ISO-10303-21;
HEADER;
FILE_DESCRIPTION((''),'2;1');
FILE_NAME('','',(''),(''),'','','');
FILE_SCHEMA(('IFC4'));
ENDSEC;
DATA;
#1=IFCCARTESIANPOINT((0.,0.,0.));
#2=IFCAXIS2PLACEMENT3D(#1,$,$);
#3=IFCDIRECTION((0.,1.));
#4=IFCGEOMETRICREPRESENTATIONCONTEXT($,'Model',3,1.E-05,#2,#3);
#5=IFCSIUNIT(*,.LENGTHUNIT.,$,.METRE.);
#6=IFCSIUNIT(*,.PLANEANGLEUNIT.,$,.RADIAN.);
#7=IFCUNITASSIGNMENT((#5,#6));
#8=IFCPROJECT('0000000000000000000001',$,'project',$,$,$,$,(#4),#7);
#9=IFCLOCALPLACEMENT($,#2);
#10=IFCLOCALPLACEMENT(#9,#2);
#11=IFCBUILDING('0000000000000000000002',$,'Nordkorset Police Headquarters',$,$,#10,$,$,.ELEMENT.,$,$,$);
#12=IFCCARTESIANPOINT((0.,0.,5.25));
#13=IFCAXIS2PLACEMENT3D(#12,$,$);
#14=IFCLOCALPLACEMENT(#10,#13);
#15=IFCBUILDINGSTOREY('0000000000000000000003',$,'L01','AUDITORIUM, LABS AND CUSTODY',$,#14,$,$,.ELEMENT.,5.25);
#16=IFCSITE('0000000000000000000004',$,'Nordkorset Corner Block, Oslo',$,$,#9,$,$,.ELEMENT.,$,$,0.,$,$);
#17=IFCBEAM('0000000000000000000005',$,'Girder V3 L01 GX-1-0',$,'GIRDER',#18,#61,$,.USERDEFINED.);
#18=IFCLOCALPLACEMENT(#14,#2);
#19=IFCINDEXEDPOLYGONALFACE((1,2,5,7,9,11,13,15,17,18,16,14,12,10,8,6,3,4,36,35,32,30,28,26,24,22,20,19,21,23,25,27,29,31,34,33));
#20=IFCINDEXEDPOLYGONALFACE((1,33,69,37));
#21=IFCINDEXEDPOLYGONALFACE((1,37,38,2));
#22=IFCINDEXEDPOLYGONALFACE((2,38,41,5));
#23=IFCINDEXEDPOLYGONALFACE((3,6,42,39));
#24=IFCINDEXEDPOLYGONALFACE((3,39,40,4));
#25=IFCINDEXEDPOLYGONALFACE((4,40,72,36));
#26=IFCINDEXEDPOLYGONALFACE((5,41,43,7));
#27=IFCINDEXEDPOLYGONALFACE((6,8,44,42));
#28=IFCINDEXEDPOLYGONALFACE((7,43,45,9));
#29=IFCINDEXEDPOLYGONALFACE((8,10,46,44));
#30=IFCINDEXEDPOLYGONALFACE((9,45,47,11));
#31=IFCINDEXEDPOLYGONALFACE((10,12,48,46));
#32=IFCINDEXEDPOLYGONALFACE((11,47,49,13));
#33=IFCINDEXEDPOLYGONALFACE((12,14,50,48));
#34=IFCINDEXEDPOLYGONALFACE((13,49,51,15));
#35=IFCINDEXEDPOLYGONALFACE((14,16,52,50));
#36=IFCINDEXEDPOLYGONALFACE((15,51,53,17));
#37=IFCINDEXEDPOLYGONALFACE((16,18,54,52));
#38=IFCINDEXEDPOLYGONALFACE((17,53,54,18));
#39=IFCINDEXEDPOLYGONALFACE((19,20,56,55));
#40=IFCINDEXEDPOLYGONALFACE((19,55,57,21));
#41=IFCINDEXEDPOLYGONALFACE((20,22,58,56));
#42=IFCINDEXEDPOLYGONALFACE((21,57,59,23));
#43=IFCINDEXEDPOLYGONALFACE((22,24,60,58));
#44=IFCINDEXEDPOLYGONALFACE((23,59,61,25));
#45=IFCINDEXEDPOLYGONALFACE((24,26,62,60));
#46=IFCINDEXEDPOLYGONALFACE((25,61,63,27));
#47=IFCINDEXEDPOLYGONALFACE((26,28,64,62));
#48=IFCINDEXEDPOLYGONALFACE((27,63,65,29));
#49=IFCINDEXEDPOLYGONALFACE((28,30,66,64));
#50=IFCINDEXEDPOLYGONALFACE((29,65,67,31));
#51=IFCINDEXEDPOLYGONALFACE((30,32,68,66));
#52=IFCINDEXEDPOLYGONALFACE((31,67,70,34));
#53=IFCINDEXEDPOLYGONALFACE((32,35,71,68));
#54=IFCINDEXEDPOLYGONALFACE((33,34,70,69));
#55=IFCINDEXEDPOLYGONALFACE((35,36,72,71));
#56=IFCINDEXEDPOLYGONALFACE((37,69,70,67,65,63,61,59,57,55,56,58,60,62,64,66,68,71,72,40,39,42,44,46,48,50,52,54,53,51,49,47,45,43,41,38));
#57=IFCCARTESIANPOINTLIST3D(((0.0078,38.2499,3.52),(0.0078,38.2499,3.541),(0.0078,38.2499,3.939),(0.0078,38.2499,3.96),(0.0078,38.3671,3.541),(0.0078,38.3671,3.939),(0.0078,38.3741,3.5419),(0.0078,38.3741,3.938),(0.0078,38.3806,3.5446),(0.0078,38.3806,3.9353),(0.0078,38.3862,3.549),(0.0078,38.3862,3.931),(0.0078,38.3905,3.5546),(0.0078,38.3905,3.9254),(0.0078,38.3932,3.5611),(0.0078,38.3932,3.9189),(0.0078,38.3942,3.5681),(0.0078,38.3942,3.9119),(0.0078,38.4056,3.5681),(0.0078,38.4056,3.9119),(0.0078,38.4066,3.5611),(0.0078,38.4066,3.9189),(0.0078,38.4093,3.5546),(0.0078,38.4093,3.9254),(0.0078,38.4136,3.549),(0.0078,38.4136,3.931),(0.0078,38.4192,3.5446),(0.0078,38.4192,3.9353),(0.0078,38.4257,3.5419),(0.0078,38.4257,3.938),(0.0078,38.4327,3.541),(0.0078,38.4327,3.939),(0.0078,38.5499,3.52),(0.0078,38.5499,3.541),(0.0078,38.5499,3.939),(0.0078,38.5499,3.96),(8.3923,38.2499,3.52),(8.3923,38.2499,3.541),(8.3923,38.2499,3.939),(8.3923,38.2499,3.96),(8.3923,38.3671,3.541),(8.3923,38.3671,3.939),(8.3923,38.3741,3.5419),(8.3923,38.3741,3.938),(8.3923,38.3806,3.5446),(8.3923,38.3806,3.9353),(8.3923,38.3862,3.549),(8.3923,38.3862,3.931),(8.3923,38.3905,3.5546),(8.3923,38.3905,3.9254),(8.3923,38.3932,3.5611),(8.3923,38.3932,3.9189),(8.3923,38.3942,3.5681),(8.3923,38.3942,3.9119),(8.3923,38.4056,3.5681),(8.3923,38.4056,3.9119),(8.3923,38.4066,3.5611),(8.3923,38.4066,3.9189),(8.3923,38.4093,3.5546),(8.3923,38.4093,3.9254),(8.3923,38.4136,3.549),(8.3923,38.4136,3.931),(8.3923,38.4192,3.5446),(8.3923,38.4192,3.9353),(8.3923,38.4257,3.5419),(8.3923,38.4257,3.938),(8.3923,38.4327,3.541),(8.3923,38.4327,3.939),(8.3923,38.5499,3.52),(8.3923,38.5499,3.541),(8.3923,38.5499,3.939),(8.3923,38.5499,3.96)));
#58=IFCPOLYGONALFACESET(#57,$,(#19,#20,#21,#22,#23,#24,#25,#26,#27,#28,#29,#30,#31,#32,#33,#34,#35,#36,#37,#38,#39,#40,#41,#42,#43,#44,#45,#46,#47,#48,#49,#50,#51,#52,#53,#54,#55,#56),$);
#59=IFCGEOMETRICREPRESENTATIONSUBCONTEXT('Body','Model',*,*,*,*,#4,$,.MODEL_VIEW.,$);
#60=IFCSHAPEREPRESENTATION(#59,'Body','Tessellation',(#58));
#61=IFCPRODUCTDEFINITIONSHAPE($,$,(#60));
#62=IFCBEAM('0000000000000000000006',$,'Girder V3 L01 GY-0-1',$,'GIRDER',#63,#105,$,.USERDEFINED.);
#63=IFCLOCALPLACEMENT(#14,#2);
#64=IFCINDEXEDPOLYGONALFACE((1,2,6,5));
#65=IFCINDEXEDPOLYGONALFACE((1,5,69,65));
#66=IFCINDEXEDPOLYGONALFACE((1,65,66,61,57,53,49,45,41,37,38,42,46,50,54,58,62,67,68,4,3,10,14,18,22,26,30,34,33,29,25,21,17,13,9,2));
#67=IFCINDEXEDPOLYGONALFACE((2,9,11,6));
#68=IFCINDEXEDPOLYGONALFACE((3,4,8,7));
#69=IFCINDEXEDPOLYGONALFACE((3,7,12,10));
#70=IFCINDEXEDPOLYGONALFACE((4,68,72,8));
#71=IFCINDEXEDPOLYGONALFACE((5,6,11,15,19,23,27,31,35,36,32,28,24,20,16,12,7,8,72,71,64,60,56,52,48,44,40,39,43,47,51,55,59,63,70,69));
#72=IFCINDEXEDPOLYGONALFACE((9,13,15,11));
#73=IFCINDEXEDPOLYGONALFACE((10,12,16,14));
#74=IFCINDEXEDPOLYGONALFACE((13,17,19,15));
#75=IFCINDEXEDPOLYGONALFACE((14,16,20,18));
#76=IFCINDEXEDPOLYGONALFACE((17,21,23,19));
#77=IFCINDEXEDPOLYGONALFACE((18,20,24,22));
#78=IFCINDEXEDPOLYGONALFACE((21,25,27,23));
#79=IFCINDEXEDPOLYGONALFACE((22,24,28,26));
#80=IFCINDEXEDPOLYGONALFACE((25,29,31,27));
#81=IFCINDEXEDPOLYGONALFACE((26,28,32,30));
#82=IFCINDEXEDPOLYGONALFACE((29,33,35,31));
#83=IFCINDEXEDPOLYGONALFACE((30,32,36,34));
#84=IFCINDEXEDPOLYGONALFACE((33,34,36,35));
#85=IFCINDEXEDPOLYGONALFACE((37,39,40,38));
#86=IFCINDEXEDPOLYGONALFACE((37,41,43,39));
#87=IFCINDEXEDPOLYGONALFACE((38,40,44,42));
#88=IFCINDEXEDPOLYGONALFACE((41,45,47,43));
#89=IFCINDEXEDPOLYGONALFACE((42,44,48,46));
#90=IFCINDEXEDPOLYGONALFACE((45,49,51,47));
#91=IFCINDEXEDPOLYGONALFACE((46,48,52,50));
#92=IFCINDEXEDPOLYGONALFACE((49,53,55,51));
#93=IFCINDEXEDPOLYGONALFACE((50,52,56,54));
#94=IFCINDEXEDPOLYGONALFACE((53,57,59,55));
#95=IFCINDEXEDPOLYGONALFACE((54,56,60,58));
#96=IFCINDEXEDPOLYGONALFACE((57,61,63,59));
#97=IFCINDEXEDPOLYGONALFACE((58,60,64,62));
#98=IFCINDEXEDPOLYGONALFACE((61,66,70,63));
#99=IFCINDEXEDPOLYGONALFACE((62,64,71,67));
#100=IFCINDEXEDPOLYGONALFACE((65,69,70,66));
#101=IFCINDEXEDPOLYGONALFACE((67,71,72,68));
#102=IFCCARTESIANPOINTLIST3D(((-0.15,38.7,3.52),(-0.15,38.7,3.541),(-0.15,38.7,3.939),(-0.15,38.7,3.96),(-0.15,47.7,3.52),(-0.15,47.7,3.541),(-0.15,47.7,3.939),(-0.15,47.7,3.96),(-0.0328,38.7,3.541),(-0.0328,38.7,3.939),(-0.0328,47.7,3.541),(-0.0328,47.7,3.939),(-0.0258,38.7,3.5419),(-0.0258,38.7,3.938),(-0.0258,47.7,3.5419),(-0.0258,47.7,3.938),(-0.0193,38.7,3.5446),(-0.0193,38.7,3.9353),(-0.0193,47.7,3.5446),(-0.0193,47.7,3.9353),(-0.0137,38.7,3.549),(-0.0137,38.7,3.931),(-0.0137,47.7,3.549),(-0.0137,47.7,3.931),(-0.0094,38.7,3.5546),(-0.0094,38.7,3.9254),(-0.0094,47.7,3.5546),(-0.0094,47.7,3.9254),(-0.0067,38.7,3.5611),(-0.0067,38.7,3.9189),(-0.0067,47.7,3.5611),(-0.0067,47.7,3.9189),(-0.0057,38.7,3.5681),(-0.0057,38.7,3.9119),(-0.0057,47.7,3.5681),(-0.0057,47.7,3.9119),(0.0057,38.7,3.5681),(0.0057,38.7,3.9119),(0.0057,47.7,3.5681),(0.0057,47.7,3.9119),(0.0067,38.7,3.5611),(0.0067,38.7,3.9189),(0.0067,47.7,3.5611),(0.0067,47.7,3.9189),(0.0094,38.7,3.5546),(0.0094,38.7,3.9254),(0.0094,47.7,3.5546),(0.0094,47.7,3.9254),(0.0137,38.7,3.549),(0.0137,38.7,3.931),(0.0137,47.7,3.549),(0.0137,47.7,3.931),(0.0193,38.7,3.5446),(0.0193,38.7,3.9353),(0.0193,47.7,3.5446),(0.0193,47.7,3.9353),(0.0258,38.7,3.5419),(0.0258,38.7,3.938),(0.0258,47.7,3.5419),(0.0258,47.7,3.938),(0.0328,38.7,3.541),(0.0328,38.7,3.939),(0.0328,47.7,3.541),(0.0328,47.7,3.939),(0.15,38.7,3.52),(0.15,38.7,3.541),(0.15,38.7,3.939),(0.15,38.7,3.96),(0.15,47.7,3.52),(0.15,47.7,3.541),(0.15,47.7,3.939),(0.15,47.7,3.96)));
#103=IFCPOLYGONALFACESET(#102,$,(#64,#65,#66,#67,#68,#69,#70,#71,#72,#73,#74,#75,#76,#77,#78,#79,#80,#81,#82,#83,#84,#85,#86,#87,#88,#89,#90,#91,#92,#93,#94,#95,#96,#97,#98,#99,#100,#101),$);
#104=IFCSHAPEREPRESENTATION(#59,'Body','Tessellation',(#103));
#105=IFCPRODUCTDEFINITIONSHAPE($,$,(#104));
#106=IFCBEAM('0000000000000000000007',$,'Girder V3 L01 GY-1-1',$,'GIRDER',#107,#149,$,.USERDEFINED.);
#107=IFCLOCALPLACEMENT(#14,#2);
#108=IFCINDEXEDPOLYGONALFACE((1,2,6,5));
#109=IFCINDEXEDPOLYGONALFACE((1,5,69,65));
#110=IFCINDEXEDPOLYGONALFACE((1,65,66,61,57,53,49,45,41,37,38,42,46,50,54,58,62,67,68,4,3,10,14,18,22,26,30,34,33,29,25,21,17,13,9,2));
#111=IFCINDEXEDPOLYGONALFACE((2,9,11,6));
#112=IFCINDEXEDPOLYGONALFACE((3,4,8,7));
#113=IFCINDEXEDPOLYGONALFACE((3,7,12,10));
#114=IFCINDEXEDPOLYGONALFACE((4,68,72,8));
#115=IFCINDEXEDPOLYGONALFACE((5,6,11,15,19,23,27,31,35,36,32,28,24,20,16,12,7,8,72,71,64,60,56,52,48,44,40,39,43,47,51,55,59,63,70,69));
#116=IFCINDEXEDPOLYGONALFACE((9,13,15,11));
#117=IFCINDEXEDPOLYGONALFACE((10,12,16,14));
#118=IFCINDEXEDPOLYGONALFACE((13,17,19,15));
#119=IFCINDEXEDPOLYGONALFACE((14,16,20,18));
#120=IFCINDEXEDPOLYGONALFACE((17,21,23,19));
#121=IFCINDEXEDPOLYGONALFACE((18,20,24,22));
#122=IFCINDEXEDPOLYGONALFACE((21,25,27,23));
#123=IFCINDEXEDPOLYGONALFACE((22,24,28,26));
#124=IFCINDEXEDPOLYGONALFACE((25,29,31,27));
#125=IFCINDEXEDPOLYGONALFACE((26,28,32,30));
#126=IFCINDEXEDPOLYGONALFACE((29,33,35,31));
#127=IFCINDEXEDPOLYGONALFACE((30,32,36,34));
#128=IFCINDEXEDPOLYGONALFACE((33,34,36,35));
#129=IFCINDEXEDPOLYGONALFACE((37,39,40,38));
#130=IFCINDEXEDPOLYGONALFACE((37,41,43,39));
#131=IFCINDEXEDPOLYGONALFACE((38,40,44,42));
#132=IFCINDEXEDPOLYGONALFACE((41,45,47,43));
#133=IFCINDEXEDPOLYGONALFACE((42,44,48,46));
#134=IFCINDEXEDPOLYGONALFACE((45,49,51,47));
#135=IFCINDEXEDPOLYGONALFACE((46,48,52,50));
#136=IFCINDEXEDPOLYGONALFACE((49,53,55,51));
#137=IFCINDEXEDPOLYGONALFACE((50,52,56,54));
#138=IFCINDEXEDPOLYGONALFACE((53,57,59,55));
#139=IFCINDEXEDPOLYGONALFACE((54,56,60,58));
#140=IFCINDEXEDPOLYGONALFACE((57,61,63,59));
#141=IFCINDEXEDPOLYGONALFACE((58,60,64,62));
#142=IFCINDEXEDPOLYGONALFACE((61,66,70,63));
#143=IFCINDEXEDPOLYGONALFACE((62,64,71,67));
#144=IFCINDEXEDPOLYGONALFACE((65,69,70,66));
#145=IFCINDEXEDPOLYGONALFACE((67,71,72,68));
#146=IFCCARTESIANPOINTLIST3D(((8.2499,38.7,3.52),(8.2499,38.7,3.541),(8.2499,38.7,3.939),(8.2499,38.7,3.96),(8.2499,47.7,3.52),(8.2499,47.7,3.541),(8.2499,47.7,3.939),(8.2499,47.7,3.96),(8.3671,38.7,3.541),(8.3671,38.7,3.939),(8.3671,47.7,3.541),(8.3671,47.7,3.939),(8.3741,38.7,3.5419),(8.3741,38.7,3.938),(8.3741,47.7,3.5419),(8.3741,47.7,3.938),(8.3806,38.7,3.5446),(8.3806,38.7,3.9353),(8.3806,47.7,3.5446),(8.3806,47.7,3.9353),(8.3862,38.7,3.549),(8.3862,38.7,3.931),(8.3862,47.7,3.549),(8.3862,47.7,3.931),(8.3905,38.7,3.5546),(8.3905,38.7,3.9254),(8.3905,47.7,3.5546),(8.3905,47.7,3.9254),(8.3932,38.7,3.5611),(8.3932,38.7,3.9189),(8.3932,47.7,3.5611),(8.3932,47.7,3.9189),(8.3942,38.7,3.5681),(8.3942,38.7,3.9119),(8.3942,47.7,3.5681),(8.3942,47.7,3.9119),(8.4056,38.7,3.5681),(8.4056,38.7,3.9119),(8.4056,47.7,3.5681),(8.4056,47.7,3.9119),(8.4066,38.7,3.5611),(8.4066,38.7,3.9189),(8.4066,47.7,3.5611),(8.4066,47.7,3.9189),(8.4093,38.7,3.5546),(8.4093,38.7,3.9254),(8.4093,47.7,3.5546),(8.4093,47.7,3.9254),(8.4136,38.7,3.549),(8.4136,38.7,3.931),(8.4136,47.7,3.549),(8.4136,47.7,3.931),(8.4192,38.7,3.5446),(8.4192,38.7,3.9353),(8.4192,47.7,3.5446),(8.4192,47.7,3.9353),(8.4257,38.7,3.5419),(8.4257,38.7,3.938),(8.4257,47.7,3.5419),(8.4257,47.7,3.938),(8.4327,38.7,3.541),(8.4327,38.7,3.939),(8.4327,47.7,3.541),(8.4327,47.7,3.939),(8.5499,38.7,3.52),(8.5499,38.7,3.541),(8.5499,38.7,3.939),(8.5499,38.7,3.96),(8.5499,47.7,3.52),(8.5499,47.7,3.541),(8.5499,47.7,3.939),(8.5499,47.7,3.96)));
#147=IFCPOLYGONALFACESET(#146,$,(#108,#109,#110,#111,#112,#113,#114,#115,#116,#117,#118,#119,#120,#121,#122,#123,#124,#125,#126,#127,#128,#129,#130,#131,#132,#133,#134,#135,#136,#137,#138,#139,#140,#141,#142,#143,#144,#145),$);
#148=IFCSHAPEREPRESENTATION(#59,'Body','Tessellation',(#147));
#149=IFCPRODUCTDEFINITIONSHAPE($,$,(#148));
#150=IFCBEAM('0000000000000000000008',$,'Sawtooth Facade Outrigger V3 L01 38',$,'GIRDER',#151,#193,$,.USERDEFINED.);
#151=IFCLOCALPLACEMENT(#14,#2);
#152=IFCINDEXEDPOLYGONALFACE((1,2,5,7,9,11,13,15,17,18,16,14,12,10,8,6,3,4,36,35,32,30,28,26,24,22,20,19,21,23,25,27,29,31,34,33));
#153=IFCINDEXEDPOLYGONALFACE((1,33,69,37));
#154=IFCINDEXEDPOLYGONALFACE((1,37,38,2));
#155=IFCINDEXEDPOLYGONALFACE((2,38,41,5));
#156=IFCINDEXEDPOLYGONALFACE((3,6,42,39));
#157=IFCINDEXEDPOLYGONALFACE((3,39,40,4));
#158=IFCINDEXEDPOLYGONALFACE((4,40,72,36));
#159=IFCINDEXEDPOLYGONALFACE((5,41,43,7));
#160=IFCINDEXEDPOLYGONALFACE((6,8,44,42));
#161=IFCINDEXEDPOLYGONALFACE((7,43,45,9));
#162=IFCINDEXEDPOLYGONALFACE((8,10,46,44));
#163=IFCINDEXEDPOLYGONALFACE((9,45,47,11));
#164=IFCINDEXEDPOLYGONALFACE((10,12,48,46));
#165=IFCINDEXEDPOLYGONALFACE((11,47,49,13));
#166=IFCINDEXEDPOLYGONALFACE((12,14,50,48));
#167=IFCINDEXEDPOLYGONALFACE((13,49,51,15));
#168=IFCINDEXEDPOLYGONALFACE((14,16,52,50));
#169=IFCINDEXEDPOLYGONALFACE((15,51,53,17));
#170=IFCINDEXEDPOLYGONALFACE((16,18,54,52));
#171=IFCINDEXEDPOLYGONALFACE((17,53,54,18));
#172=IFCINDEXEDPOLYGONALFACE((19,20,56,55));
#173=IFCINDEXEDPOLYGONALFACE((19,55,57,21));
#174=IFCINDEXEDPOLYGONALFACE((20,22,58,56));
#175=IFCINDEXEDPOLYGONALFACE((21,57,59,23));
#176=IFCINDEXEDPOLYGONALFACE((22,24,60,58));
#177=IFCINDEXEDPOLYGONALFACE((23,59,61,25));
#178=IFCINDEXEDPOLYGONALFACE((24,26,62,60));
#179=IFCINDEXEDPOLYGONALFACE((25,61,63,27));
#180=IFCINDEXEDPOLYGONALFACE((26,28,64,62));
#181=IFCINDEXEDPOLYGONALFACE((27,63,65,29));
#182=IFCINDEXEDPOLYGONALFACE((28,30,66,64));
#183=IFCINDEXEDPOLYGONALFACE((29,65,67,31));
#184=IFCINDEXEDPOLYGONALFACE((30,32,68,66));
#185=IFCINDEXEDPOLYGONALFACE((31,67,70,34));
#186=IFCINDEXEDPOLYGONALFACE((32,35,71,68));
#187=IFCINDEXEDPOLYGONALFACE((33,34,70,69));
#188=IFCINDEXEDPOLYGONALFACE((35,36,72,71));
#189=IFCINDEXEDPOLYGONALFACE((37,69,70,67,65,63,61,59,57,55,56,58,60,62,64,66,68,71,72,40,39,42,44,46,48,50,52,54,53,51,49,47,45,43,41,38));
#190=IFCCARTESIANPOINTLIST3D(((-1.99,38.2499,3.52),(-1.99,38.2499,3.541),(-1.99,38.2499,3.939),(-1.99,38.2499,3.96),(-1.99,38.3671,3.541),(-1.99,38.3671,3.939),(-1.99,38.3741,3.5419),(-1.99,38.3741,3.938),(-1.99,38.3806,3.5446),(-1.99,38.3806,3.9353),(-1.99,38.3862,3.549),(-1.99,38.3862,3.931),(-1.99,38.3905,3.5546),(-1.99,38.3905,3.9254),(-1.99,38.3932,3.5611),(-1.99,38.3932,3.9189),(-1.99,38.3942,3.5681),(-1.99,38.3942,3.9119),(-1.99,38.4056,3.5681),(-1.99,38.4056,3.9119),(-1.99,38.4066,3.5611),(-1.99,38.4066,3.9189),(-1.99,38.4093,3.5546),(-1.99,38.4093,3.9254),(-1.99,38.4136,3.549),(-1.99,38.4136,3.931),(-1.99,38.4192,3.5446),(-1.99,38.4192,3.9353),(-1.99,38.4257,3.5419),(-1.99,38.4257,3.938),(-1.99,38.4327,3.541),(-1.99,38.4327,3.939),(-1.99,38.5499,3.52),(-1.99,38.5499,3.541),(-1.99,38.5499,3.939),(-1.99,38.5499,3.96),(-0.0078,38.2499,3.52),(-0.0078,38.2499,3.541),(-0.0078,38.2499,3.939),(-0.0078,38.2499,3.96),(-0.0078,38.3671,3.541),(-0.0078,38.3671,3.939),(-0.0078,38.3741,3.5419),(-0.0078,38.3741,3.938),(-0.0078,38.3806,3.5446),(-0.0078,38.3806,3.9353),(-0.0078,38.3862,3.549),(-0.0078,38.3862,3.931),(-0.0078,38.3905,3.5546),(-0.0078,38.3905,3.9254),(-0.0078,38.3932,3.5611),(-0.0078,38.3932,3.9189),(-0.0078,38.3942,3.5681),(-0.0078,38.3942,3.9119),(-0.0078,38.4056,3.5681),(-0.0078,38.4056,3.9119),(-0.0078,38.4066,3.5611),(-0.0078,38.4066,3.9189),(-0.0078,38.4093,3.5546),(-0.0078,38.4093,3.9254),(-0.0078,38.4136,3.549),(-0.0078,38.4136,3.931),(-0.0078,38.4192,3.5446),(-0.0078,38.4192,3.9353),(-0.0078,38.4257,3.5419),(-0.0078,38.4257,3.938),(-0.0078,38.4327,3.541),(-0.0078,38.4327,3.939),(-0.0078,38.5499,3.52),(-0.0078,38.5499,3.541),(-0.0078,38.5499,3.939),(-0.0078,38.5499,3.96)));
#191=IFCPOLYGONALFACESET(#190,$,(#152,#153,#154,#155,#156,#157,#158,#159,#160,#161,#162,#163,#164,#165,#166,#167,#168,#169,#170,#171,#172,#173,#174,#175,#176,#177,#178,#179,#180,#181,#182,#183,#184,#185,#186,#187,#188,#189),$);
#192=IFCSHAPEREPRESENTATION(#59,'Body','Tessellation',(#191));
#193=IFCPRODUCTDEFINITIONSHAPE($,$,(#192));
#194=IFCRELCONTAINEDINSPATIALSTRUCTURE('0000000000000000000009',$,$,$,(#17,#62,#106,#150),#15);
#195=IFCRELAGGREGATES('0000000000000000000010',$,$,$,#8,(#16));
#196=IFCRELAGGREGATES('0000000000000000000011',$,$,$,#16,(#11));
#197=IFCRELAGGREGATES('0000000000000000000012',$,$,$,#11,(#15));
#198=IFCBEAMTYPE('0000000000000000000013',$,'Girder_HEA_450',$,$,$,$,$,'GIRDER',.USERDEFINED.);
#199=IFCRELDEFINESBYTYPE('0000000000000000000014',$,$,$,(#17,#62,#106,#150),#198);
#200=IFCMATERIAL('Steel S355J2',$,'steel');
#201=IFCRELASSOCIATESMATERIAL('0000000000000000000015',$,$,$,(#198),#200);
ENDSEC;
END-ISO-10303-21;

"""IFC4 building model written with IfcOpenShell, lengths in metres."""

from ifc_helpers import new_model, si_unit, direction, frame, origin, origin_2d, place, context, subcontext, project, spatial, i_section, extrude, material, material_profile, profile_set, type_object, element, save


model = new_model("IFC4")

# Units and contexts
model_context = context("Model", 3, precision=1e-05, world=origin(), true_north=direction((0.0, 1.0)))
body_context = subcontext(model_context, "Body", "Model", "MODEL_VIEW")
ifc_project = project(units=[si_unit("LENGTHUNIT", "METRE"), si_unit("PLANEANGLEUNIT", "RADIAN")], contexts=[model_context])

# Site, building, storey
site_placement = place(None, origin())
site = spatial("IfcSite", under=ifc_project, at=site_placement, Name="Nordkorset Corner Block, Oslo", CompositionType="ELEMENT", RefElevation=0.0)
building_placement = place(site_placement, origin())
building = spatial("IfcBuilding", under=site, at=building_placement, Name="Nordkorset Police Headquarters", CompositionType="ELEMENT")
storey_placement = place(building_placement, frame((0.0, 0.0, 5.25)))
storey = spatial("IfcBuildingStorey", under=building, at=storey_placement, Name="L01", Description="AUDITORIUM, LABS AND CUSTODY", CompositionType="ELEMENT", Elevation=5.25)

# Beams
ifc_material_1 = material(Name="Steel S355J2", Category="steel")
ifc_material_profile_1 = material_profile(ifc_material_1, i_section(OverallWidth=0.3, OverallDepth=0.4399, WebThickness=0.0115, FlangeThickness=0.021, FilletRadius=0.0271, at=origin_2d()), Name="HEA 450")
ifc_profile_set_1 = profile_set([ifc_material_profile_1], Name="Steel S355J2")
beam_type = type_object("IfcBeamType", Name="Girder_HEA_450", ElementType="GIRDER", PredefinedType="USERDEFINED", material=ifc_profile_set_1)
beam_1_placement = place(storey_placement, frame((0.0078, 38.3999, 3.74), z_axis=(1.0, 0.0, 0.0), x_axis=(0.0, 1.0, 0.0)))
element("IfcBeam", 1, at=beam_1_placement, inside=storey, type_object=beam_type, Name="Girder V3 L01 GX-1-0", ObjectType="GIRDER", PredefinedType="USERDEFINED", context=body_context, shape_type="SweptSolid", body=[
    extrude(i_section(OverallWidth=0.3, OverallDepth=0.4399, WebThickness=0.0115, FlangeThickness=0.021, FilletRadius=0.0271, at=origin_2d()), origin(), (0.0, 0.0, 1.0), 8.3845),
])
for number, where, z_axis, x_axis, name in (
    (2, (0.0, 38.7, 3.74), (0.0, 1.0, 0.0), (-1.0, 0.0, 0.0), "Girder V3 L01 GY-0-1"),
    (3, (8.3999, 38.7, 3.74), (0.0, 1.0, 0.0), (-1.0, 0.0, 0.0), "Girder V3 L01 GY-1-1"),
):
    element("IfcBeam", number, at=place(storey_placement, frame(where, z_axis=z_axis, x_axis=x_axis)), inside=storey, type_object=beam_type, Name=name, ObjectType="GIRDER", PredefinedType="USERDEFINED", context=body_context, shape_type="SweptSolid", body=[
        extrude(i_section(OverallWidth=0.3, OverallDepth=0.4399, WebThickness=0.0115, FlangeThickness=0.021, FilletRadius=0.0271, at=origin_2d()), origin(), (0.0, 0.0, 1.0), 9.0),
    ])
beam_2_placement = place(storey_placement, frame((-0.0078, 38.3999, 3.74), z_axis=(-1.0, 0.0, 0.0), x_axis=(0.0, -1.0, 0.0)))
element("IfcBeam", 4, at=beam_2_placement, inside=storey, type_object=beam_type, Name="Sawtooth Facade Outrigger V3 L01 38", ObjectType="GIRDER", PredefinedType="USERDEFINED", context=body_context, shape_type="SweptSolid", body=[
    extrude(i_section(OverallWidth=0.3, OverallDepth=0.4399, WebThickness=0.0115, FlangeThickness=0.021, FilletRadius=0.0271, at=origin_2d()), origin(), (0.0, 0.0, 1.0), 1.9822),
])

save(model, "model.ifc")
